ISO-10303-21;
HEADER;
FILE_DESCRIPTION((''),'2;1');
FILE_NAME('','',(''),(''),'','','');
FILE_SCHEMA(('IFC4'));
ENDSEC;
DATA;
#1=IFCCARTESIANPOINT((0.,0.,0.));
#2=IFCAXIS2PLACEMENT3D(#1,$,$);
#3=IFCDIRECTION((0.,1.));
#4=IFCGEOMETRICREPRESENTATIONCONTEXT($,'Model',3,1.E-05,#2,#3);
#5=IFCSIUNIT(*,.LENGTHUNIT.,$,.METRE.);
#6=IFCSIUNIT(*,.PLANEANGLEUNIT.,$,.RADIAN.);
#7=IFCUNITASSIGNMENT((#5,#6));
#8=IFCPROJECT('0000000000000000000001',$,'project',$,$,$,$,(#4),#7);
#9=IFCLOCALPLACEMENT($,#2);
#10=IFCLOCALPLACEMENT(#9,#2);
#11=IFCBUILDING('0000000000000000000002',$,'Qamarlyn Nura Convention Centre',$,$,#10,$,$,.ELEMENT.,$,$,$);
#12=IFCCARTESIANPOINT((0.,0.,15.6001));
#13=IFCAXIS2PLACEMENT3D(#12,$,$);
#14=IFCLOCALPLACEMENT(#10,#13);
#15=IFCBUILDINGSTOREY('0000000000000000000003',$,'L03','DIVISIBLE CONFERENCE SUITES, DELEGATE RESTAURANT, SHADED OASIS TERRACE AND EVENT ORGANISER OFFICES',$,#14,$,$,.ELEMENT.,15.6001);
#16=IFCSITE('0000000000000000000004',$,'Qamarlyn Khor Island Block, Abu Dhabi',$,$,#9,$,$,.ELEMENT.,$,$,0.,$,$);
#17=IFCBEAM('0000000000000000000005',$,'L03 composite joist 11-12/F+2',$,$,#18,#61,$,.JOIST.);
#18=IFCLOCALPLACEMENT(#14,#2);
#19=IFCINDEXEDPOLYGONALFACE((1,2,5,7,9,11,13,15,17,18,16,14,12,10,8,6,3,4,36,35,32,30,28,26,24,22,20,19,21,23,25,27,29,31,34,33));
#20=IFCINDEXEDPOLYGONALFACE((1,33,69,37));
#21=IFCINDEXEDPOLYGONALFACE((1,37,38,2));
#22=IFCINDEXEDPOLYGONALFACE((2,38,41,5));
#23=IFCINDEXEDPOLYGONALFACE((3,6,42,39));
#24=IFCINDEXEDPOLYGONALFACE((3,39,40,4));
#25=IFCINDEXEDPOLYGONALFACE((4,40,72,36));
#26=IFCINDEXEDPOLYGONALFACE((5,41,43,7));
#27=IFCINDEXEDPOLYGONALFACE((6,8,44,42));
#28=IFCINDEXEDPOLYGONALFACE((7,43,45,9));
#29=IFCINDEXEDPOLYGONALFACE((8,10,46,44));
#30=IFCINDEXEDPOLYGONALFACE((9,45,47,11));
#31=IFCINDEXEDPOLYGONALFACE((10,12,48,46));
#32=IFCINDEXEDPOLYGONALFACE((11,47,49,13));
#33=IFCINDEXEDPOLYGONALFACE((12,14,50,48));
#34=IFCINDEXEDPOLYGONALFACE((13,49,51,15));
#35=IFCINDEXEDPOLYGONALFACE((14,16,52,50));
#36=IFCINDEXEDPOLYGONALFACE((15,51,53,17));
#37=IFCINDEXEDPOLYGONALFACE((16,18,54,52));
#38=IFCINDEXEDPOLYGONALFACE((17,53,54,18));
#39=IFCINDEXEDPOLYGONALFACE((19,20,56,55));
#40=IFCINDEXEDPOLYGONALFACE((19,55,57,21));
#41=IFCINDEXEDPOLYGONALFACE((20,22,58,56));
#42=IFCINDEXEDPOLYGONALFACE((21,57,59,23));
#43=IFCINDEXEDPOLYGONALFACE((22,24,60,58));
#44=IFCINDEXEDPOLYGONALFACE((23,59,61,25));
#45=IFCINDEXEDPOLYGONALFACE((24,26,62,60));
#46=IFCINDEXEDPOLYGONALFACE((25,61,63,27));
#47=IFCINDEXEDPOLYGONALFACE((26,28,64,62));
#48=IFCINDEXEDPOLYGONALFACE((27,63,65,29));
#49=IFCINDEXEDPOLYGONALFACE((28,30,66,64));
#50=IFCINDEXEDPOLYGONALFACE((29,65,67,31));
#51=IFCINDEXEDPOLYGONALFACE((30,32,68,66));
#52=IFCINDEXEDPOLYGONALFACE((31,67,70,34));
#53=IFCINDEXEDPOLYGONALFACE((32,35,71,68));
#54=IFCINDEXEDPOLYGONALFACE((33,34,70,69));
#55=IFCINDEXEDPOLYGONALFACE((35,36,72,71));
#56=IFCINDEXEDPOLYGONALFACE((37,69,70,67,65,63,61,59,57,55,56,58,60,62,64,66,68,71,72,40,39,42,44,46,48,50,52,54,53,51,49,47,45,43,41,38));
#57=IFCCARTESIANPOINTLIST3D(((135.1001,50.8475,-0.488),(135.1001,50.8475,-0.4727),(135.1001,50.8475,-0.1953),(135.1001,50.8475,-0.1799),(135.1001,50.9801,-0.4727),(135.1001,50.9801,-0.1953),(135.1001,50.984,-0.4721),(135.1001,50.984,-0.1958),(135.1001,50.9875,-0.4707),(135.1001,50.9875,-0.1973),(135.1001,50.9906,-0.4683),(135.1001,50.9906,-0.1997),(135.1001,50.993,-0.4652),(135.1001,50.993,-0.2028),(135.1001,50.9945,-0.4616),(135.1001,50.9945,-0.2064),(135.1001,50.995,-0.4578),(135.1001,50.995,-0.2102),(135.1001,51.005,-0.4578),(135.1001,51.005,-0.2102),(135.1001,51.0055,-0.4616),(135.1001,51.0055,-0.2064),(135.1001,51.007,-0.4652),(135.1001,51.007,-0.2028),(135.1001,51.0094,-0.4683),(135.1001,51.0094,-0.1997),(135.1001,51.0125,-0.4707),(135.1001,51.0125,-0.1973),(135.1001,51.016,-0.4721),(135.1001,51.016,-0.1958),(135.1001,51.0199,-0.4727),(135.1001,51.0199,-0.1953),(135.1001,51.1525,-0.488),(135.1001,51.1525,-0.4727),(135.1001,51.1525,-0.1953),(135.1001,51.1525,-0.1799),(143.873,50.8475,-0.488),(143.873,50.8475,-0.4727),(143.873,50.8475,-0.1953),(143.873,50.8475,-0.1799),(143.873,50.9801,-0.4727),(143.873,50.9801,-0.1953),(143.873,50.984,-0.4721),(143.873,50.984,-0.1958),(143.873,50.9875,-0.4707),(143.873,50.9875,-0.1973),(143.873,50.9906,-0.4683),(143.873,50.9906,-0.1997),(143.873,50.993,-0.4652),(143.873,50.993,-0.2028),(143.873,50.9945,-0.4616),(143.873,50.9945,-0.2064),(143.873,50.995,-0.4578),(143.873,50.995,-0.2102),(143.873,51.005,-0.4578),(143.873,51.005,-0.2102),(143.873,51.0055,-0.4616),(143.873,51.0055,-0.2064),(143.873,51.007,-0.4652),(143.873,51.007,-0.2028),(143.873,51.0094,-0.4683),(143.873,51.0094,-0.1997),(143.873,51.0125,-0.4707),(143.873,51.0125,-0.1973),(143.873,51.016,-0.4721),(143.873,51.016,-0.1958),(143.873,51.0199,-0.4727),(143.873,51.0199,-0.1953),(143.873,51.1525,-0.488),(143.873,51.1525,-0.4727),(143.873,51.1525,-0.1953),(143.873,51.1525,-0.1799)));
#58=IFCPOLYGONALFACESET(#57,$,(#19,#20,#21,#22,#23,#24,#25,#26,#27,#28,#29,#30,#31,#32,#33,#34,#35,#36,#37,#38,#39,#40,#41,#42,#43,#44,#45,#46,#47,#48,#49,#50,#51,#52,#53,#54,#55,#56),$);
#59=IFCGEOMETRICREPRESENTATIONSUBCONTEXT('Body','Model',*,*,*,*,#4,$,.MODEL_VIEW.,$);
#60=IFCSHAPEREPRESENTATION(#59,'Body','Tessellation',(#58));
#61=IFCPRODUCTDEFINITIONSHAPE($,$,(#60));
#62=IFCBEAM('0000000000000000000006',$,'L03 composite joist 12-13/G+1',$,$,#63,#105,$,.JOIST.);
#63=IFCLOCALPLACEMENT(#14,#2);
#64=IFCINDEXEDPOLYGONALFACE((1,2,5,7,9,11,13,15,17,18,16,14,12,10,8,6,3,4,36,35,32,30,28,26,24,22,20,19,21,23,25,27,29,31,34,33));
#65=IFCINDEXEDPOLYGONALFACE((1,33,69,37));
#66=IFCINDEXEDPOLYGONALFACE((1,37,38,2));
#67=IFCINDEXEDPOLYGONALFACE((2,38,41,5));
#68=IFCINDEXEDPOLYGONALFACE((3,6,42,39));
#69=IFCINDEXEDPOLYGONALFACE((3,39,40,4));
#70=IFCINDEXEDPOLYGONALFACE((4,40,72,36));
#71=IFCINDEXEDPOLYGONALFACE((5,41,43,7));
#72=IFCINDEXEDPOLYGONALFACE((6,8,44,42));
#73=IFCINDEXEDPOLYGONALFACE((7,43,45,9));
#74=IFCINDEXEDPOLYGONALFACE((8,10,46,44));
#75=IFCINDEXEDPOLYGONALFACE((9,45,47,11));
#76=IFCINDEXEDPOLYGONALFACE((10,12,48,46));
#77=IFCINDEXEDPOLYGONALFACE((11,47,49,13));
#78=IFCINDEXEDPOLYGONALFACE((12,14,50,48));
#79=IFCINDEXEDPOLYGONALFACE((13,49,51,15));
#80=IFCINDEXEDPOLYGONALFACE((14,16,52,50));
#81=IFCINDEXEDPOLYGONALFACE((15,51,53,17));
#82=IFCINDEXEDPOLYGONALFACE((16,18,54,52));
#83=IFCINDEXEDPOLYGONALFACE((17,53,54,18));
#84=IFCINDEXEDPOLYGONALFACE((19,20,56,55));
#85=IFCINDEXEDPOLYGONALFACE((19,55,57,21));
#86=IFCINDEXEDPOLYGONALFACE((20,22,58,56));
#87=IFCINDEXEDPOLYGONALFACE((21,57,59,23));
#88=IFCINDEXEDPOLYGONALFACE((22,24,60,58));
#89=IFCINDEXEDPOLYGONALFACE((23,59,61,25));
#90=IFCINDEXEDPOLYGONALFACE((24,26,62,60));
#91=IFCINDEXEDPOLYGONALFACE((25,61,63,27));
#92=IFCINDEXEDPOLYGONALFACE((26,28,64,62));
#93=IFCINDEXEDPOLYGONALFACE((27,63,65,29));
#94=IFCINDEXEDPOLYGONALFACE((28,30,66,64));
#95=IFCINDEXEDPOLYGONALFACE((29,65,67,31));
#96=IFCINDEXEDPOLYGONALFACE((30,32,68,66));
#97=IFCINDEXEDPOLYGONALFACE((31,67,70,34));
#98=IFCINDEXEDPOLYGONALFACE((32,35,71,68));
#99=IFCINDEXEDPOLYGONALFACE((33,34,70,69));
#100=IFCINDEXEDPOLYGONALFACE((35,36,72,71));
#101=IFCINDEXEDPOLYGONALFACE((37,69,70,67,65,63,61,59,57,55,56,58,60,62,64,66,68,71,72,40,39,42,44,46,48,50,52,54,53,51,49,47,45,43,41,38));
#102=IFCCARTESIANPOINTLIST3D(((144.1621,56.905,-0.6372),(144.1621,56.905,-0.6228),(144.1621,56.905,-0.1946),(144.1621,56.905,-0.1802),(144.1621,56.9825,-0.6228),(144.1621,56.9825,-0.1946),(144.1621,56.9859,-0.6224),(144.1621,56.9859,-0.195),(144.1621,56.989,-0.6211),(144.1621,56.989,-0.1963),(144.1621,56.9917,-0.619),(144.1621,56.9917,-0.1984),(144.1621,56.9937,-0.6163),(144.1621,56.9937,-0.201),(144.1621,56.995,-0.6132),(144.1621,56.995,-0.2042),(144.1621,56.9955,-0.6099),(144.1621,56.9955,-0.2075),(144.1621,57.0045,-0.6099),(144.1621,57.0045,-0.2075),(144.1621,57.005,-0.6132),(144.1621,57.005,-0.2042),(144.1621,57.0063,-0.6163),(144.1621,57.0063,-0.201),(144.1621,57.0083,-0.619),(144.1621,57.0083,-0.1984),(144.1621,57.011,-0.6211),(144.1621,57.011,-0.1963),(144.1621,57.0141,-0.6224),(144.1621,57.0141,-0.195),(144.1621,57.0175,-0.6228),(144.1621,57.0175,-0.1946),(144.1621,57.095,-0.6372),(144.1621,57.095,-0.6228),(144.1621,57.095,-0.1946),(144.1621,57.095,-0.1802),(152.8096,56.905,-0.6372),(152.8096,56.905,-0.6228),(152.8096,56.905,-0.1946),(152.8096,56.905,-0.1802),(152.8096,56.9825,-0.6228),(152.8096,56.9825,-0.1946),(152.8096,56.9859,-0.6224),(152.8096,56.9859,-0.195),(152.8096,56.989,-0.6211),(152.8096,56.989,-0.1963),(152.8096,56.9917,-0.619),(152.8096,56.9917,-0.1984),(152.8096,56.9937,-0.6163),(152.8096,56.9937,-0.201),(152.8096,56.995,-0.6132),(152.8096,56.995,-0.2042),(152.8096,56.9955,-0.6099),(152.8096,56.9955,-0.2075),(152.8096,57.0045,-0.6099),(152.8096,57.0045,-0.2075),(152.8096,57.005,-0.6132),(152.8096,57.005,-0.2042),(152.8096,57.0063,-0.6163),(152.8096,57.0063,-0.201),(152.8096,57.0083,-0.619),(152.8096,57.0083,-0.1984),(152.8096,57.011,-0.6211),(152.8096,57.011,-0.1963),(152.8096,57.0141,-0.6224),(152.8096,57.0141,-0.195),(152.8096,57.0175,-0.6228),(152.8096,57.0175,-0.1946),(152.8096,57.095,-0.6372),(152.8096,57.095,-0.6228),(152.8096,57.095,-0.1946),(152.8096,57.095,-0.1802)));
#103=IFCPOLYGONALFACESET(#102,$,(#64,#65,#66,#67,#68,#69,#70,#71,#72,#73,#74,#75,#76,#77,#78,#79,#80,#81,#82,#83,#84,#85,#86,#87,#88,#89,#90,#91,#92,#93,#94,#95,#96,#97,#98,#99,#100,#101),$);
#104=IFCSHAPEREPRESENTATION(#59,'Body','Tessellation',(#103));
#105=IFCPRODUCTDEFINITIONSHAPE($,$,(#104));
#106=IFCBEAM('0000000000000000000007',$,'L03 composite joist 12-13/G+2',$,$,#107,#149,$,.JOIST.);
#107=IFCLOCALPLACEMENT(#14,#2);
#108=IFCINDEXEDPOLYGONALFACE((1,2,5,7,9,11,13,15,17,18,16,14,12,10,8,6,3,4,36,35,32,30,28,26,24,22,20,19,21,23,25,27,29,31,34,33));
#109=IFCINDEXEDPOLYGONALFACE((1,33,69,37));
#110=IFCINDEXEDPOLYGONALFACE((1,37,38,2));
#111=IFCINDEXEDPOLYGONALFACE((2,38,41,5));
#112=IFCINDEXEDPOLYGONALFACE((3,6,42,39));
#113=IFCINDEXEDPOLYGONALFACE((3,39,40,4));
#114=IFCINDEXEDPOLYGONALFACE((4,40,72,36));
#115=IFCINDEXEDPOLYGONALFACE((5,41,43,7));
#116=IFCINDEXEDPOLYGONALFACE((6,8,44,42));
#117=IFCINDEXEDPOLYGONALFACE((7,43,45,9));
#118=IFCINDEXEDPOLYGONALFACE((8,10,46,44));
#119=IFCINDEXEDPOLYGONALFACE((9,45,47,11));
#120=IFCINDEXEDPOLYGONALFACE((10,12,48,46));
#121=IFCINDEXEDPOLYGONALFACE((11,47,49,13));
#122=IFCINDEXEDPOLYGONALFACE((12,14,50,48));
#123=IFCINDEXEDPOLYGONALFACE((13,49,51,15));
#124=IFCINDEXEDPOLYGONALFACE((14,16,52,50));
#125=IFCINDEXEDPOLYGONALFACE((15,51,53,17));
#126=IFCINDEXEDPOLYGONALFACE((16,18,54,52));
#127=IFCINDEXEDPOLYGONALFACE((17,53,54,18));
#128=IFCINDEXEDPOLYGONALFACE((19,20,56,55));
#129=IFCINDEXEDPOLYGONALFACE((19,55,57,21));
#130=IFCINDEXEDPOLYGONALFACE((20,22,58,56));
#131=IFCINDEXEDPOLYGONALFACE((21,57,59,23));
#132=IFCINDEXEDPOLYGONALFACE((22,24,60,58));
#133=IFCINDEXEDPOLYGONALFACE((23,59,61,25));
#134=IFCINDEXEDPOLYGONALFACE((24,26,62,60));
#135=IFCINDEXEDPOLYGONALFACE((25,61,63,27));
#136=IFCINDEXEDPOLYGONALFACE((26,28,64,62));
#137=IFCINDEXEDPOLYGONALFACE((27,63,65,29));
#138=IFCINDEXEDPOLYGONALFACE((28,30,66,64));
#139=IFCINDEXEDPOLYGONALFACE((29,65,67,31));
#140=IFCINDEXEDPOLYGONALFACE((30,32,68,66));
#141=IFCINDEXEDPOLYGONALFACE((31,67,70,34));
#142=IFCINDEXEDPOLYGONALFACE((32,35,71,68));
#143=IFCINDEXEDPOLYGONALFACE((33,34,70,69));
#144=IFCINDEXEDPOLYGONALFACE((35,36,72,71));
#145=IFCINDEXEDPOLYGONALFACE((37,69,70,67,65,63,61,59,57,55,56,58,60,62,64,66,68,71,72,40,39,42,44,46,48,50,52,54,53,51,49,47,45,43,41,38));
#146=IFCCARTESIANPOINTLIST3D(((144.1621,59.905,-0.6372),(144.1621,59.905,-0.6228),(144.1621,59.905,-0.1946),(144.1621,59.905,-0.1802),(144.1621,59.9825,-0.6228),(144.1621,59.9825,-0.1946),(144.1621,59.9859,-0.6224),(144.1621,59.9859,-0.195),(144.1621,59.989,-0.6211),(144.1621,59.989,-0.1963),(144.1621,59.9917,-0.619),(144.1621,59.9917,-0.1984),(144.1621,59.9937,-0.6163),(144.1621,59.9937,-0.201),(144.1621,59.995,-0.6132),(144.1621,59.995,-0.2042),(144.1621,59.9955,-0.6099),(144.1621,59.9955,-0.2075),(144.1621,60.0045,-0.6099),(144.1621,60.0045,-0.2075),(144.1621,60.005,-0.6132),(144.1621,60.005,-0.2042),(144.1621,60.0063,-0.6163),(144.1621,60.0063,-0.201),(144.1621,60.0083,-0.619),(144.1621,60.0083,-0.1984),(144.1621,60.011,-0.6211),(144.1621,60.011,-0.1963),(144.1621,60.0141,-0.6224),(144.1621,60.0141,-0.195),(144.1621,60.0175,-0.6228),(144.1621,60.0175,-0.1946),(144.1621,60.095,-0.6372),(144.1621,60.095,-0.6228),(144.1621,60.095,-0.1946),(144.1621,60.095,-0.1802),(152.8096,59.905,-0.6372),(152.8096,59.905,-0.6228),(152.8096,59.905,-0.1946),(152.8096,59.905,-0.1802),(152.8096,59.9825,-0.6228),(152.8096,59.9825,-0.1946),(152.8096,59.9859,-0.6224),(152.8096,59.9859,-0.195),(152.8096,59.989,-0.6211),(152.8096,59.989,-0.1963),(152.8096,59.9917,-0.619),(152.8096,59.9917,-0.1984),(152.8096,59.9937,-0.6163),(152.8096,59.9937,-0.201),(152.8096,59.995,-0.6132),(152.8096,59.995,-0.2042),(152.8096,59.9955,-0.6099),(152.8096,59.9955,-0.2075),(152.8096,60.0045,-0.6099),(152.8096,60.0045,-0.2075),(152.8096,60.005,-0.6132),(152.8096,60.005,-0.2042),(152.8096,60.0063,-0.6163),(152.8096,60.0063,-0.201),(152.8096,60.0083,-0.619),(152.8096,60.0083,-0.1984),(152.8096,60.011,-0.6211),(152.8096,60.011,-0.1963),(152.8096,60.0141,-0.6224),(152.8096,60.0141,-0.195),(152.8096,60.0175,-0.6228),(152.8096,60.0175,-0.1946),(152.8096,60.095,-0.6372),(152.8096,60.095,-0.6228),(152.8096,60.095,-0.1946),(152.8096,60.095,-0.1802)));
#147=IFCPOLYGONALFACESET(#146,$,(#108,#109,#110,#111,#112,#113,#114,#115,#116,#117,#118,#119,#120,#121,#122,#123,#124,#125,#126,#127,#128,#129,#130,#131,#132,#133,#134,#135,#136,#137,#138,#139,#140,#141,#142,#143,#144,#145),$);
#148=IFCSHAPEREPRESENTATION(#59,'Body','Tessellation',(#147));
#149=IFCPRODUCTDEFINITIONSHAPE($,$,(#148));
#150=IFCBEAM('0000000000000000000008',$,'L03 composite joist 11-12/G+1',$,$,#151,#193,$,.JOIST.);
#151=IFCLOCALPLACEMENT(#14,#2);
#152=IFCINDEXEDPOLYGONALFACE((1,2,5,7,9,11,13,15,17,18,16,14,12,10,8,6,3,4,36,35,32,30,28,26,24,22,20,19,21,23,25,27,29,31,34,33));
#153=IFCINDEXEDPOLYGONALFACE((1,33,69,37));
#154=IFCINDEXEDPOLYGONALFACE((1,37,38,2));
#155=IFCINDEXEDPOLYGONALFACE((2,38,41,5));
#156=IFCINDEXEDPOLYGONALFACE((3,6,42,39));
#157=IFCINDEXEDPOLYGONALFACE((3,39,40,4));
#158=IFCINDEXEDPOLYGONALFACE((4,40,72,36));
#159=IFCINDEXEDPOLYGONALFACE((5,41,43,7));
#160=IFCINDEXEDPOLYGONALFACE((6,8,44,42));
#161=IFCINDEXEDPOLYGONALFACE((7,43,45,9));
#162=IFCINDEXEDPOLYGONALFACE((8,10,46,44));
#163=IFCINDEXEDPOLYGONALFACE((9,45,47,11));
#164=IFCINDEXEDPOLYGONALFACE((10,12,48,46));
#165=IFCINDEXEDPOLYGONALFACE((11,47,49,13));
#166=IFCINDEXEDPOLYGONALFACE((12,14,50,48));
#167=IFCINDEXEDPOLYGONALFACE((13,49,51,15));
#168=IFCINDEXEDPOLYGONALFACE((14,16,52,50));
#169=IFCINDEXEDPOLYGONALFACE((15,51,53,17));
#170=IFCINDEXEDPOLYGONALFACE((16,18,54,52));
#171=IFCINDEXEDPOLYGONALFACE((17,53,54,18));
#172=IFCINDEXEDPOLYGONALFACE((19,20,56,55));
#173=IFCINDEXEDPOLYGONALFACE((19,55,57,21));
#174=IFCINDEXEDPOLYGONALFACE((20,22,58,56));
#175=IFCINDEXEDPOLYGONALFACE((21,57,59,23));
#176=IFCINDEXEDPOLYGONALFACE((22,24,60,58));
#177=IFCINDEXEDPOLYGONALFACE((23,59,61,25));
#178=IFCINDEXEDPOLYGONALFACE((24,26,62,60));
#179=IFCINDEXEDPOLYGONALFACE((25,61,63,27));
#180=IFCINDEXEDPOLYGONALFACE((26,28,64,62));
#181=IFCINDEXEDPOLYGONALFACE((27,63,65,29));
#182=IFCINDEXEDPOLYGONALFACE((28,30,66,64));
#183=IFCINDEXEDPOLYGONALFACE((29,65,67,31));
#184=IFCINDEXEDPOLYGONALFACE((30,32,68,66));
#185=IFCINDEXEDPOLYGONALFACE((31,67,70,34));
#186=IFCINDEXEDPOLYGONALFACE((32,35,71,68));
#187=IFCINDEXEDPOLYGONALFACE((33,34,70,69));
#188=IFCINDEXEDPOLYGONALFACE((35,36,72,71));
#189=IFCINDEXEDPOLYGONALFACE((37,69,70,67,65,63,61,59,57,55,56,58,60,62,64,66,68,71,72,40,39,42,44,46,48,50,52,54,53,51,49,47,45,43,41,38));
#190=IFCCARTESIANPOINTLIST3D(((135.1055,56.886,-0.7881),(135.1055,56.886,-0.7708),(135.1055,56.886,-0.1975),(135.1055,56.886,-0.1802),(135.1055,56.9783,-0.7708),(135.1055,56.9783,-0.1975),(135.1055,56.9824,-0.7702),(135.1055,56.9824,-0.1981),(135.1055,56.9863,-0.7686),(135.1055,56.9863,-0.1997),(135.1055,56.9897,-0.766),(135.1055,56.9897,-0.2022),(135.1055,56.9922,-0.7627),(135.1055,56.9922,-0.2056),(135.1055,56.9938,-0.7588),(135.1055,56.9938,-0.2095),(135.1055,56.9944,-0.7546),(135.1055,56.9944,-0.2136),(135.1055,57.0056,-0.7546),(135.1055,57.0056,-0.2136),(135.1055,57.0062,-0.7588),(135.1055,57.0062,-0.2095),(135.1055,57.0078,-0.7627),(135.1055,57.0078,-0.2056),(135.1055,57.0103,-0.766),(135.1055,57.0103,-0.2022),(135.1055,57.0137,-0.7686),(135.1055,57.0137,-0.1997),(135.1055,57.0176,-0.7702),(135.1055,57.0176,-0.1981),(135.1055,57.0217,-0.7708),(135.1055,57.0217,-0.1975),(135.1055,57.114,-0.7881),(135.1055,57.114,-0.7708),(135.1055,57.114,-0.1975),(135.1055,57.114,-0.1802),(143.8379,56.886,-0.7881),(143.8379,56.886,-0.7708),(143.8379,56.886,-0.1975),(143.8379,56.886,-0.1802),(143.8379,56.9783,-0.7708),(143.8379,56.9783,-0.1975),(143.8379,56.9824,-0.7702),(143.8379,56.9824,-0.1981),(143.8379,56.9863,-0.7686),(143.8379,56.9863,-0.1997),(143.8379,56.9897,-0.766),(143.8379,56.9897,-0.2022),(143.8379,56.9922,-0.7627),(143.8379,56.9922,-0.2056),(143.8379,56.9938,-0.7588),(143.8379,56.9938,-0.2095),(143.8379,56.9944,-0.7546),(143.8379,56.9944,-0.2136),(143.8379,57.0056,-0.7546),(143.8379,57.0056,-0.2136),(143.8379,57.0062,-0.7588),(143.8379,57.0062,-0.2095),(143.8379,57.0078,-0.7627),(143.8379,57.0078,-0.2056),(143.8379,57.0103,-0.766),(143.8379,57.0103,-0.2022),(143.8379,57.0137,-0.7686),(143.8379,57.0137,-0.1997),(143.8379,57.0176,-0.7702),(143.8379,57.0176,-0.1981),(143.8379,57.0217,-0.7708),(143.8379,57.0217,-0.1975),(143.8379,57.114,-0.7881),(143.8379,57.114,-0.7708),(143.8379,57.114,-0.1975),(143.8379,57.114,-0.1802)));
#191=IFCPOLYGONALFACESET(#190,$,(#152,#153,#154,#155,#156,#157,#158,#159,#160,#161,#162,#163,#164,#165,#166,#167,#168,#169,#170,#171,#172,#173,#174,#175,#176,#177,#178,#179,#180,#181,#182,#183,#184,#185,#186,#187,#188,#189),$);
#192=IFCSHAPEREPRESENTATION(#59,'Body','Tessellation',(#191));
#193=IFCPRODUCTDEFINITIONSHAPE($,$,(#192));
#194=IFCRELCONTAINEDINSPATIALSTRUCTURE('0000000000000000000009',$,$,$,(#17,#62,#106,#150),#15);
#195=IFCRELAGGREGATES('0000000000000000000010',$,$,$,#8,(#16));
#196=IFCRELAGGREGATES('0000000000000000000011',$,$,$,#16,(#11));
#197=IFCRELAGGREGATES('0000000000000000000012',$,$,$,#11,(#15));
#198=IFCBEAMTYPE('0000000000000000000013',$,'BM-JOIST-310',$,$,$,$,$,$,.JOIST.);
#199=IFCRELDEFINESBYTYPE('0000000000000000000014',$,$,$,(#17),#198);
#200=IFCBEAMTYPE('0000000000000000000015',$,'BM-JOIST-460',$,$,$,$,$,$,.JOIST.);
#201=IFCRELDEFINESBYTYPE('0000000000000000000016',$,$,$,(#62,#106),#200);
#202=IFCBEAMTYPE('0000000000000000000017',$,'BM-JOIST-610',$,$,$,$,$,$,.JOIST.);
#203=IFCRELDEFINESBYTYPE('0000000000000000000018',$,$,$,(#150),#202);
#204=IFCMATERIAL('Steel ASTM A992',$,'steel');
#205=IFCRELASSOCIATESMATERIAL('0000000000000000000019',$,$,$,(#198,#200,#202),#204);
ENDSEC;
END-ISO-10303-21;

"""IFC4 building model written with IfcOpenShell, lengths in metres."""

from ifc_helpers import new_model, si_unit, direction, frame, origin, origin_2d, place, context, subcontext, project, spatial, i_section, extrude, material, material_profile, profile_set, type_object, element, save


model = new_model("IFC4")

# Units and contexts
model_context = context("Model", 3, precision=1e-05, world=origin(), true_north=direction((0.0, 1.0)))
body_context = subcontext(model_context, "Body", "Model", "MODEL_VIEW")
ifc_project = project(units=[si_unit("LENGTHUNIT", "METRE"), si_unit("PLANEANGLEUNIT", "RADIAN")], contexts=[model_context])

# Site, building, storey
site_placement = place(None, origin())
site = spatial("IfcSite", under=ifc_project, at=site_placement, Name="Qamarlyn Khor Island Block, Abu Dhabi", CompositionType="ELEMENT", RefElevation=0.0)
building_placement = place(site_placement, origin())
building = spatial("IfcBuilding", under=site, at=building_placement, Name="Qamarlyn Nura Convention Centre", CompositionType="ELEMENT")
storey_placement = place(building_placement, frame((0.0, 0.0, 15.6001)))
storey = spatial("IfcBuildingStorey", under=building, at=storey_placement, Name="L03", Description="DIVISIBLE CONFERENCE SUITES, DELEGATE RESTAURANT, SHADED OASIS TERRACE AND EVENT ORGANISER OFFICES", CompositionType="ELEMENT", Elevation=15.6001)

# Beams
ifc_material_1 = material(Name="Steel ASTM A992", Category="steel")
ifc_material_profile_1 = material_profile(ifc_material_1, i_section(OverallWidth=0.3049, OverallDepth=0.3081, WebThickness=0.01, FlangeThickness=0.0154, FilletRadius=0.0149, at=origin_2d()), Name="W310X97")
ifc_profile_set_1 = profile_set([ifc_material_profile_1], Name="Steel ASTM A992")
beam_type_1 = type_object("IfcBeamType", Name="BM-JOIST-310", PredefinedType="JOIST", material=ifc_profile_set_1)
for number, where, z_axis, x_axis, name in (
    (1, (135.1001, 51.0, -0.334), (1.0, 0.0, 0.0), (0.0, 1.0, 0.0), "L03 composite joist 11-12/F+2"),
):
    element("IfcBeam", number, at=place(storey_placement, frame(where, z_axis=z_axis, x_axis=x_axis)), inside=storey, type_object=beam_type_1, Name=name, PredefinedType="JOIST", context=body_context, shape_type="SweptSolid", body=[
        extrude(i_section(OverallWidth=0.3049, OverallDepth=0.3081, WebThickness=0.01, FlangeThickness=0.0154, FilletRadius=0.0149, at=origin_2d()), origin(), (0.0, 0.0, 1.0), 8.7729),
    ])
ifc_material_profile_2 = material_profile(ifc_material_1, i_section(OverallWidth=0.1899, OverallDepth=0.457, WebThickness=0.009, FlangeThickness=0.0144, FilletRadius=0.0129, at=origin_2d()), Name="W460X74")
ifc_profile_set_2 = profile_set([ifc_material_profile_2], Name="Steel ASTM A992")
beam_type_2 = type_object("IfcBeamType", Name="BM-JOIST-460", PredefinedType="JOIST", material=ifc_profile_set_2)
for number, where, z_axis, x_axis, name in (
    (2, (144.1621, 57.0, -0.4087), (1.0, 0.0, 0.0), (0.0, 1.0, 0.0), "L03 composite joist 12-13/G+1"),
    (3, (144.1621, 60.0, -0.4087), (1.0, 0.0, 0.0), (0.0, 1.0, 0.0), "L03 composite joist 12-13/G+2"),
):
    element("IfcBeam", number, at=place(storey_placement, frame(where, z_axis=z_axis, x_axis=x_axis)), inside=storey, type_object=beam_type_2, Name=name, PredefinedType="JOIST", context=body_context, shape_type="SweptSolid", body=[
        extrude(i_section(OverallWidth=0.1899, OverallDepth=0.457, WebThickness=0.009, FlangeThickness=0.0144, FilletRadius=0.0129, at=origin_2d()), origin(), (0.0, 0.0, 1.0), 8.6475),
    ])
ifc_material_profile_3 = material_profile(ifc_material_1, i_section(OverallWidth=0.228, OverallDepth=0.6079, WebThickness=0.0112, FlangeThickness=0.0173, FilletRadius=0.0161, at=origin_2d()), Name="W610X113")
ifc_profile_set_3 = profile_set([ifc_material_profile_3], Name="Steel ASTM A992")
beam_type_3 = type_object("IfcBeamType", Name="BM-JOIST-610", PredefinedType="JOIST", material=ifc_profile_set_3)
for number, where, z_axis, x_axis, name in (
    (4, (135.1055, 57.0, -0.4841), (1.0, 0.0, 0.0), (0.0, 1.0, 0.0), "L03 composite joist 11-12/G+1"),
):
    element("IfcBeam", number, at=place(storey_placement, frame(where, z_axis=z_axis, x_axis=x_axis)), inside=storey, type_object=beam_type_3, Name=name, PredefinedType="JOIST", context=body_context, shape_type="SweptSolid", body=[
        extrude(i_section(OverallWidth=0.228, OverallDepth=0.6079, WebThickness=0.0112, FlangeThickness=0.0173, FilletRadius=0.0161, at=origin_2d()), origin(), (0.0, 0.0, 1.0), 8.7324),
    ])

save(model, "model.ifc")
